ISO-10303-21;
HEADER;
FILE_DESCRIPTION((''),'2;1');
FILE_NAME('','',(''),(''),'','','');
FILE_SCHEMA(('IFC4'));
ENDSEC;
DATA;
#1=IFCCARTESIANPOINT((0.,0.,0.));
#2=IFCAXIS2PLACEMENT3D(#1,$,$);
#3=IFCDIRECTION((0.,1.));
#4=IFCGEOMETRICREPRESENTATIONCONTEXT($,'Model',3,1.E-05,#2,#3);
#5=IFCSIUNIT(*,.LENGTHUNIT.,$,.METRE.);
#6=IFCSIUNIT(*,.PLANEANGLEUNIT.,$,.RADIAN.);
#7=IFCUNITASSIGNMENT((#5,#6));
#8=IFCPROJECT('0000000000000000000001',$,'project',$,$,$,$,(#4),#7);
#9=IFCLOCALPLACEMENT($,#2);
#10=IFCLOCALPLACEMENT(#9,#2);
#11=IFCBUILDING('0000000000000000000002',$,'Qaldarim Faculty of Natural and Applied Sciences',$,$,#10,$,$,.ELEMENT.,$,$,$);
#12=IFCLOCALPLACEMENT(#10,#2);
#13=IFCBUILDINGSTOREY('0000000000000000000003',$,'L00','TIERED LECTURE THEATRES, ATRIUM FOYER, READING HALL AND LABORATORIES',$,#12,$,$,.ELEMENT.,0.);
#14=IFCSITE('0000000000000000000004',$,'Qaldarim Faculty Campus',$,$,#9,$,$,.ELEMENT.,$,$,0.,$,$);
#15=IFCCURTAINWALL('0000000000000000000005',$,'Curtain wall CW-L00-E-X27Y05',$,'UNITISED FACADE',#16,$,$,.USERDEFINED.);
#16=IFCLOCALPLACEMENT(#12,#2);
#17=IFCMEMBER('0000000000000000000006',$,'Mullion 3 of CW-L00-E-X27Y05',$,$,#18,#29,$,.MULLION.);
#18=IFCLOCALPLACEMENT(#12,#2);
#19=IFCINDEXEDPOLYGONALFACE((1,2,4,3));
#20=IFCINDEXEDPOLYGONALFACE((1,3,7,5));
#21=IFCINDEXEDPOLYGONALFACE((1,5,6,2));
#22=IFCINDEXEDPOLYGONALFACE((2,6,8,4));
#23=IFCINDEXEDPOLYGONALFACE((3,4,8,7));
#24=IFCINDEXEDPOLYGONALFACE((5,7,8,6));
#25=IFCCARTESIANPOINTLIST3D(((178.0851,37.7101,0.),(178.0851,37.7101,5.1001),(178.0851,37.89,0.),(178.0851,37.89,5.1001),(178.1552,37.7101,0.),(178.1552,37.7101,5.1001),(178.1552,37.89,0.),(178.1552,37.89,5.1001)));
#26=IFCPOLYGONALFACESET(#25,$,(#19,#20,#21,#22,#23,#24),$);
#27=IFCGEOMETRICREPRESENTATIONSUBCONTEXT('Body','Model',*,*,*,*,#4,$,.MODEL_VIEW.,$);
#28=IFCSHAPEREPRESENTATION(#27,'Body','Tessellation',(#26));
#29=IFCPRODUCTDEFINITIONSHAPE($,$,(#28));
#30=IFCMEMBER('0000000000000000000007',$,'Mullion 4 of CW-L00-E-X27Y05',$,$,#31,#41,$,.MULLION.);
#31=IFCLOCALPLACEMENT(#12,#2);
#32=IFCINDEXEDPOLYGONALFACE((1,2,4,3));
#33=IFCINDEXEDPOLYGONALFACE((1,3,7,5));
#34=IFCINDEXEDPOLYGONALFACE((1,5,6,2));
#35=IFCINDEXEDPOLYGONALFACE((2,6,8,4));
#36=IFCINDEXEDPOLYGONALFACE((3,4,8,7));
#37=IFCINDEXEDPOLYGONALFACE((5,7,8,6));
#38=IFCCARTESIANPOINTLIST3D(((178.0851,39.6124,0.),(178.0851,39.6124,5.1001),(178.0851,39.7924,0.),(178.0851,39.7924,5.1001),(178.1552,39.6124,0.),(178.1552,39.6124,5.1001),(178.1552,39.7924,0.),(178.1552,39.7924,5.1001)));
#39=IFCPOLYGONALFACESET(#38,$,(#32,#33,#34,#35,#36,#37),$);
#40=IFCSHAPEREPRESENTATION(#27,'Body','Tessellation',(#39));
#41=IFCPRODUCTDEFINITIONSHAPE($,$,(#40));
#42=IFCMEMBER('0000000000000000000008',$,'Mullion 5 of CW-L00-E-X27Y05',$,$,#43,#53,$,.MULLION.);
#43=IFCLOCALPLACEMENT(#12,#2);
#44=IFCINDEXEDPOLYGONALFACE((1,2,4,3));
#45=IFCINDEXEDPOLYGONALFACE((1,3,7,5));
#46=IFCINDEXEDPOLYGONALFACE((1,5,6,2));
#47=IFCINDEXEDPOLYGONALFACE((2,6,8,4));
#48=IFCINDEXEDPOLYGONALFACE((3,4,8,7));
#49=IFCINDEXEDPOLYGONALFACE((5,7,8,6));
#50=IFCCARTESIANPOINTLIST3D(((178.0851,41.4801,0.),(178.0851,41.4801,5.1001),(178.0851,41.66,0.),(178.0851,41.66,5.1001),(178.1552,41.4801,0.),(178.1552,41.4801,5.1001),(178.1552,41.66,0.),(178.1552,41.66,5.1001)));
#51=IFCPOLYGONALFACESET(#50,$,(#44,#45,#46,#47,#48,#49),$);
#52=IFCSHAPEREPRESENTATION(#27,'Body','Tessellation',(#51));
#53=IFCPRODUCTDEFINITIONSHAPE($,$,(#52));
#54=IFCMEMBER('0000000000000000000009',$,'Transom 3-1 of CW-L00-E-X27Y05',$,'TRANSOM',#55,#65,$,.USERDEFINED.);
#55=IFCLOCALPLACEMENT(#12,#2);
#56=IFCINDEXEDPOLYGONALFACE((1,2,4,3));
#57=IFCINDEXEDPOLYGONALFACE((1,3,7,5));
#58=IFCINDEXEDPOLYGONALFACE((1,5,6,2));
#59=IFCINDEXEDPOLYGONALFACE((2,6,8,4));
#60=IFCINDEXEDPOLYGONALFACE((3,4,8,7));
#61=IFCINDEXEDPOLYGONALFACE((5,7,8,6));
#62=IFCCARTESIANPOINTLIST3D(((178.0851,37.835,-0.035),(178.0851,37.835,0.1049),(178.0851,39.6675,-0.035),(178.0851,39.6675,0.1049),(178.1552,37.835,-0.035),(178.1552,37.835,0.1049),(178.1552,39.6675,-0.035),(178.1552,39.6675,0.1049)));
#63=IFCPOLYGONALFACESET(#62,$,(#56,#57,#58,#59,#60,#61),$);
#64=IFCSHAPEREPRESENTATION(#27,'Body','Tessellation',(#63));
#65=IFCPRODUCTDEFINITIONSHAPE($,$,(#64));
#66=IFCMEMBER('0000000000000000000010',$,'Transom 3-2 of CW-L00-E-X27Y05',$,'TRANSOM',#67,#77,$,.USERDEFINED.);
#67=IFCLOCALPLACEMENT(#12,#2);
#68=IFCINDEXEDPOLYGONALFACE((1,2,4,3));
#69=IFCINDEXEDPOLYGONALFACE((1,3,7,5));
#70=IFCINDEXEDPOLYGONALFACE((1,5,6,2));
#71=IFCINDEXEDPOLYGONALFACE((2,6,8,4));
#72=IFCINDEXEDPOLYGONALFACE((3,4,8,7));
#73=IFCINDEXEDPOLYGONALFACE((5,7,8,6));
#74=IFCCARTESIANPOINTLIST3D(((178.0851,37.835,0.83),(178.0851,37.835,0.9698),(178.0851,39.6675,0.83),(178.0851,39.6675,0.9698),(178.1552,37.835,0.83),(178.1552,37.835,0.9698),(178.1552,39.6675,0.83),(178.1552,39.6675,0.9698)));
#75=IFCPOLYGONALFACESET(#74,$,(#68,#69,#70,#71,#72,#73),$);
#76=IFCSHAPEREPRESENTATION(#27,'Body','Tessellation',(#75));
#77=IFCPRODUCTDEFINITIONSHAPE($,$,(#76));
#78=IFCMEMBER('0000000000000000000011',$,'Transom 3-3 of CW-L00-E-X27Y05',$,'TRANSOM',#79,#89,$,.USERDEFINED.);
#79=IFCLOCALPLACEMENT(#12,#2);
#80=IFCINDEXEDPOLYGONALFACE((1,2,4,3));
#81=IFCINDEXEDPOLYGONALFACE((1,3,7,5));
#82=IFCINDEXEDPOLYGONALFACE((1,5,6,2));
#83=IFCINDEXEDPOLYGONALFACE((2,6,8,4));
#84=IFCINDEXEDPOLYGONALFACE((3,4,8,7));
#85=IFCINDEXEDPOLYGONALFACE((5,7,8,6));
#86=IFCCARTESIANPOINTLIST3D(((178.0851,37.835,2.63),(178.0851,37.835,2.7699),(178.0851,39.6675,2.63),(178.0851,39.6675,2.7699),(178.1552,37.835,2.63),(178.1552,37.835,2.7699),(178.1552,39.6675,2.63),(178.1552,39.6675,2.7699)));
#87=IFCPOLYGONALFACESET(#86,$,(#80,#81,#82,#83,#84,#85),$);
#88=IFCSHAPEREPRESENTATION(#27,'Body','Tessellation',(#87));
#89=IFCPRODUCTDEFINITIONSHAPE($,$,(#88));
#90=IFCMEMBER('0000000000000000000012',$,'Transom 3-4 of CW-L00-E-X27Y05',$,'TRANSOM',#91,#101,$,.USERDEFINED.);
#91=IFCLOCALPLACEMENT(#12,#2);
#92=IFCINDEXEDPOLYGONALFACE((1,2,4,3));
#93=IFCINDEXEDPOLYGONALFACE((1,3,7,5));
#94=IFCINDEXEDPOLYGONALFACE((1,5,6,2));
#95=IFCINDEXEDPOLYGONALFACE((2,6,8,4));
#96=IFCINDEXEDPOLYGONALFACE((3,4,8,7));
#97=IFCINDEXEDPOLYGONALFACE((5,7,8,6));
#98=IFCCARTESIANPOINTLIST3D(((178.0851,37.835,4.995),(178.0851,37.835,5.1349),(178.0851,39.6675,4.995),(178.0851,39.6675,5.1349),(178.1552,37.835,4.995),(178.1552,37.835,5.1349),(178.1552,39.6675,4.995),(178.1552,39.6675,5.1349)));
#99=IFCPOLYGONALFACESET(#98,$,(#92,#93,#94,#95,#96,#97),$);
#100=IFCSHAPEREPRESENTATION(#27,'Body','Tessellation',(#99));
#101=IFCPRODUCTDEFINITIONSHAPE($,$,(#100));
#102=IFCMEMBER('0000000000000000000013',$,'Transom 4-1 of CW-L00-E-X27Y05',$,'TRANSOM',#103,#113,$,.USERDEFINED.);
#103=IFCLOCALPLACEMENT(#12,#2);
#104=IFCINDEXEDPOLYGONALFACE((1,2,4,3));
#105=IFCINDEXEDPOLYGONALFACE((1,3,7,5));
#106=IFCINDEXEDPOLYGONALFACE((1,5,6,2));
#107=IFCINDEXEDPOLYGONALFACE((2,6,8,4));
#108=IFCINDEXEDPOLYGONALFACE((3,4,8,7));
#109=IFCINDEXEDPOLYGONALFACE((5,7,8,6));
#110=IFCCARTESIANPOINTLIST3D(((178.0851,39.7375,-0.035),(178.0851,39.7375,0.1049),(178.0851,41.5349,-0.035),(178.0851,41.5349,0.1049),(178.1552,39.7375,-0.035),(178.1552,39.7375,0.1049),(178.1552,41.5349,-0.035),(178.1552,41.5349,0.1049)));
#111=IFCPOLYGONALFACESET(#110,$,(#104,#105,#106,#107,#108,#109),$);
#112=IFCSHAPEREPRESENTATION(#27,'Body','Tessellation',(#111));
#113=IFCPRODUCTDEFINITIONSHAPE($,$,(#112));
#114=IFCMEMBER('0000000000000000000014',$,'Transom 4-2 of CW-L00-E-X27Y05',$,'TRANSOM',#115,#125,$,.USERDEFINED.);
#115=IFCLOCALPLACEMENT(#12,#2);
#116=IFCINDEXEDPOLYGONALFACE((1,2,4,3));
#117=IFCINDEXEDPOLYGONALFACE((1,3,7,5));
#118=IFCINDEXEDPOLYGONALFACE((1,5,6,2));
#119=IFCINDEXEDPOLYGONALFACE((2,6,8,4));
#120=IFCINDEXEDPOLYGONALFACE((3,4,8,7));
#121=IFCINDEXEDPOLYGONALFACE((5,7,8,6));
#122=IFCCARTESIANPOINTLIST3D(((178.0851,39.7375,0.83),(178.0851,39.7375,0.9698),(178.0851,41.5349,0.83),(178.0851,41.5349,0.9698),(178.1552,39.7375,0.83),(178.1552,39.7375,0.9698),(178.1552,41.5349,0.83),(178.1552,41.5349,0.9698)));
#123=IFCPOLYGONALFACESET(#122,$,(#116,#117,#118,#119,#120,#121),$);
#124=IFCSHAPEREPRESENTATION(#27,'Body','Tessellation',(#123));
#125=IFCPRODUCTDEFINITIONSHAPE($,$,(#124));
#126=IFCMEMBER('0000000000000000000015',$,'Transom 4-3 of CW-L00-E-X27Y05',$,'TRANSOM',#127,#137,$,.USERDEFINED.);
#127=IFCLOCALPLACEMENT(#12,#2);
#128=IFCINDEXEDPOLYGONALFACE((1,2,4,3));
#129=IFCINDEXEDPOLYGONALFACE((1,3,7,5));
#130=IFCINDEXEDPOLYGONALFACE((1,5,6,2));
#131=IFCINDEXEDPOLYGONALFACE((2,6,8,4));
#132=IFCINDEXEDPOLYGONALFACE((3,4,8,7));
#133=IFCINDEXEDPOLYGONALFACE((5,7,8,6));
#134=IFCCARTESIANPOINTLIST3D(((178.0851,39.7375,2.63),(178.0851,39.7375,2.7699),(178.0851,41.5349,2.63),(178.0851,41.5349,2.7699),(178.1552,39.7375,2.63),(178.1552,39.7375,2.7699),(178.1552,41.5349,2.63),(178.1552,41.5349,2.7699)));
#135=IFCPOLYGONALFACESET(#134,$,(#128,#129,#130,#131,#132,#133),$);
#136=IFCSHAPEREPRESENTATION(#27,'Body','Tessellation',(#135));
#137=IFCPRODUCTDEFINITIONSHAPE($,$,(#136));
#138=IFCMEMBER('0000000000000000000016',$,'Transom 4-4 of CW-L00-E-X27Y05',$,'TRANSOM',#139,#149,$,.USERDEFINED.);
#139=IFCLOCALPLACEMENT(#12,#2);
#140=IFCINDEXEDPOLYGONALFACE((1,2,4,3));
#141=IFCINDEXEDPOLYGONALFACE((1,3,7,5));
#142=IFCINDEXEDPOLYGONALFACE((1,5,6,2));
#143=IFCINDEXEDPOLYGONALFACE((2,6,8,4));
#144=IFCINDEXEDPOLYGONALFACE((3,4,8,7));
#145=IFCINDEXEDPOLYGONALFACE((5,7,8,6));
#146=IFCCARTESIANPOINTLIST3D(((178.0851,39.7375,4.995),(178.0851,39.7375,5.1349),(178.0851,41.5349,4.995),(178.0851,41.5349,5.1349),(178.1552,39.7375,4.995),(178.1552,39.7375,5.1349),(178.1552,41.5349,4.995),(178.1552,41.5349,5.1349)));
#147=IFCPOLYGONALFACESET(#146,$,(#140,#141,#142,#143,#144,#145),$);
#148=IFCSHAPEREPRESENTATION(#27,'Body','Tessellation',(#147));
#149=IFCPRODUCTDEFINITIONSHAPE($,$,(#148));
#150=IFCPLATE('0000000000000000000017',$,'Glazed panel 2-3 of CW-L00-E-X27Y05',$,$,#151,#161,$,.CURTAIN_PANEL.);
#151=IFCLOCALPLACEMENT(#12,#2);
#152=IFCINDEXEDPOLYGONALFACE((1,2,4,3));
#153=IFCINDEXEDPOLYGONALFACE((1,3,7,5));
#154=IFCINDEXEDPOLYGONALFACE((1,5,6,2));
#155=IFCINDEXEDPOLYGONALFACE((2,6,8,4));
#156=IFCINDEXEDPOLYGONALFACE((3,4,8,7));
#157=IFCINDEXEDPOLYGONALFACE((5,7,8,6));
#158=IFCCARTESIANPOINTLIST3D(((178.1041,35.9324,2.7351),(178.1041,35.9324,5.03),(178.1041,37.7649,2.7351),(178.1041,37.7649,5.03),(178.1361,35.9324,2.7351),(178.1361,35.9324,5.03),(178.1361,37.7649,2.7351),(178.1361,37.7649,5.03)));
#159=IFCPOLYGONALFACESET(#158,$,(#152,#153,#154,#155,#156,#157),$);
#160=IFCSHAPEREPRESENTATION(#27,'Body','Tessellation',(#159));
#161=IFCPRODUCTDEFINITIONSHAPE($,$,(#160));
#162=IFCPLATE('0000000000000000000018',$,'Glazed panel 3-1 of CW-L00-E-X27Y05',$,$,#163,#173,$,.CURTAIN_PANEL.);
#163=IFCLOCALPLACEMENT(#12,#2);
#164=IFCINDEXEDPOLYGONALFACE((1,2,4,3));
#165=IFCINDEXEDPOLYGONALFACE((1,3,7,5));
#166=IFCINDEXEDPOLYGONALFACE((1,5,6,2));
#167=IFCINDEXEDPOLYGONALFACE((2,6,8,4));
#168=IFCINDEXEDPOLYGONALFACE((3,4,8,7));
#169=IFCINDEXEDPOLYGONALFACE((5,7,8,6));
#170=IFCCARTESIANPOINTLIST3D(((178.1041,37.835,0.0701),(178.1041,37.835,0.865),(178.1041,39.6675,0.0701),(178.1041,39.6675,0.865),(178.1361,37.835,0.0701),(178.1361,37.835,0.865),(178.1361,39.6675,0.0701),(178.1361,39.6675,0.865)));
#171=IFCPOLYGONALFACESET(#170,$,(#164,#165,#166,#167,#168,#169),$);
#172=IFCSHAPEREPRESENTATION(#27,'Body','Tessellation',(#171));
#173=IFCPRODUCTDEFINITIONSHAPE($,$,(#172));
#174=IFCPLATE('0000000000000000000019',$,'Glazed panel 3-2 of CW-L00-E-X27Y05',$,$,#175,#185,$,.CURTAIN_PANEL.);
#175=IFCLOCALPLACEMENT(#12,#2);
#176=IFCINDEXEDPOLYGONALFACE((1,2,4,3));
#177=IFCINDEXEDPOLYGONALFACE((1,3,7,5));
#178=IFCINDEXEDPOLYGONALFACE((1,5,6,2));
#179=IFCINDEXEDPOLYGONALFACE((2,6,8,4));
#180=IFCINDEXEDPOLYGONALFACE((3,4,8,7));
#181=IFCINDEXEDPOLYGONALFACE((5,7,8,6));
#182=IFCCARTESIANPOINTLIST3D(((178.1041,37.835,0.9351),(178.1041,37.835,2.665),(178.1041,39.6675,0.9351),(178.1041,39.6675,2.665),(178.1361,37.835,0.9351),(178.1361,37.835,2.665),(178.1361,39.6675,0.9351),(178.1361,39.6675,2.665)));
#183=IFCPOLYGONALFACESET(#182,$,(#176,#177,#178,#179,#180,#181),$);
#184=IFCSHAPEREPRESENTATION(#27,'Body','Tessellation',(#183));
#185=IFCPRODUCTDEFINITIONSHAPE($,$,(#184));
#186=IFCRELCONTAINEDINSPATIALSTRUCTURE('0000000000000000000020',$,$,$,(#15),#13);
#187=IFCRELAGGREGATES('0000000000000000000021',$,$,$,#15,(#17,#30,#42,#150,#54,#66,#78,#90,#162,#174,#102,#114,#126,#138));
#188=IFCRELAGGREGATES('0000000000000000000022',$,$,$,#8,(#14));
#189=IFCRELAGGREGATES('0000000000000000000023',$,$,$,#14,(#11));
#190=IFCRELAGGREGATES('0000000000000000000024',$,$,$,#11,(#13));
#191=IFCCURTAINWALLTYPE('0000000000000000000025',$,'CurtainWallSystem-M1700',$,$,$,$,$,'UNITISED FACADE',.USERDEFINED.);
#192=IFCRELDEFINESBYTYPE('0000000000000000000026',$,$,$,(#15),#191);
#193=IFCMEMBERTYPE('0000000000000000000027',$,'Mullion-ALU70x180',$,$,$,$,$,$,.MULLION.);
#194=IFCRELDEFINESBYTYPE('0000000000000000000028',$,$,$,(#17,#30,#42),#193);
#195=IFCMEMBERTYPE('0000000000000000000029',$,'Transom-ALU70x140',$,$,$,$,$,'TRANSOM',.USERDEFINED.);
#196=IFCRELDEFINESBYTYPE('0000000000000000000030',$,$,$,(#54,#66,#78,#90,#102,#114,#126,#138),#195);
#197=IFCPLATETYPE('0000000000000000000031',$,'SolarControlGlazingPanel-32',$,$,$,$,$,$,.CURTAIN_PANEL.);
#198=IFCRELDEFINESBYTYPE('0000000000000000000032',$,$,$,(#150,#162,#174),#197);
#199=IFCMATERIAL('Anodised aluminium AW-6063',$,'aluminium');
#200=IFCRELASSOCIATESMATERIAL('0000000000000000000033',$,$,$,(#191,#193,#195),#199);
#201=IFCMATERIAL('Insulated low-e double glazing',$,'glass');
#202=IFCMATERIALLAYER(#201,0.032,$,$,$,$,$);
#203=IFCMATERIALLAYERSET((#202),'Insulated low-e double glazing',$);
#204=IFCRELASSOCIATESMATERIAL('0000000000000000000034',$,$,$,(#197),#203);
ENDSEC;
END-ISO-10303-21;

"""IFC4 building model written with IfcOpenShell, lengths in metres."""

from ifc_helpers import new_model, si_unit, direction, frame, origin, origin_2d, place, context, subcontext, project, spatial, rectangle, extrude, material, layer, layer_set, material_profile, profile_set, type_object, element, aggregate, save


model = new_model("IFC4")

# Units and contexts
model_context = context("Model", 3, precision=1e-05, world=origin(), true_north=direction((0.0, 1.0)))
body_context = subcontext(model_context, "Body", "Model", "MODEL_VIEW")
ifc_project = project(units=[si_unit("LENGTHUNIT", "METRE"), si_unit("PLANEANGLEUNIT", "RADIAN")], contexts=[model_context])

# Site, building, storey
site_placement = place(None, origin())
site = spatial("IfcSite", under=ifc_project, at=site_placement, Name="Qaldarim Faculty Campus", CompositionType="ELEMENT", RefElevation=0.0)
building_placement = place(site_placement, origin())
building = spatial("IfcBuilding", under=site, at=building_placement, Name="Qaldarim Faculty of Natural and Applied Sciences", CompositionType="ELEMENT")
storey_placement = place(building_placement, origin())
storey = spatial("IfcBuildingStorey", under=building, at=storey_placement, Name="L00", Description="TIERED LECTURE THEATRES, ATRIUM FOYER, READING HALL AND LABORATORIES", CompositionType="ELEMENT", Elevation=0.0)

# Curtain wall, members, plates
ifc_material_1 = material(Name="Anodised aluminium AW-6063", Category="aluminium")
curtain_wall_type = type_object("IfcCurtainWallType", Name="CurtainWallSystem-M1700", ElementType="UNITISED FACADE", PredefinedType="USERDEFINED", material=ifc_material_1)
curtain_wall_placement = place(storey_placement, origin())
curtain_wall = element("IfcCurtainWall", 1, at=curtain_wall_placement, inside=storey, type_object=curtain_wall_type, Name="Curtain wall CW-L00-E-X27Y05", ObjectType="UNITISED FACADE", PredefinedType="USERDEFINED")
ifc_material_profile_1 = material_profile(ifc_material_1, rectangle(XDim=0.0701, YDim=0.1799, at=origin_2d()), Name="ALU-M70x180")
ifc_profile_set_1 = profile_set([ifc_material_profile_1], Name="Anodised aluminium AW-6063")
member_type_1 = type_object("IfcMemberType", Name="Mullion-ALU70x180", PredefinedType="MULLION", material=ifc_profile_set_1)
member_1_placement = place(storey_placement, frame((178.1201, 37.8, 0.0), z_axis=(0.0, 0.0, 1.0), x_axis=(-1.0, 0.0, 0.0)))
member_1 = element("IfcMember", 2, at=member_1_placement, type_object=member_type_1, Name="Mullion 3 of CW-L00-E-X27Y05", PredefinedType="MULLION", context=body_context, shape_type="SweptSolid", body=[
    extrude(rectangle(XDim=0.0701, YDim=0.1799, at=origin_2d()), origin(), (0.0, 0.0, 1.0), 5.1001),
])
member_2_placement = place(storey_placement, frame((178.1201, 39.7024, 0.0), z_axis=(0.0, 0.0, 1.0), x_axis=(-1.0, 0.0, 0.0)))
member_2 = element("IfcMember", 3, at=member_2_placement, type_object=member_type_1, Name="Mullion 4 of CW-L00-E-X27Y05", PredefinedType="MULLION", context=body_context, shape_type="SweptSolid", body=[
    extrude(rectangle(XDim=0.0701, YDim=0.1799, at=origin_2d()), origin(), (0.0, 0.0, 1.0), 5.1001),
])
member_3_placement = place(storey_placement, frame((178.1201, 41.5701, 0.0), z_axis=(0.0, 0.0, 1.0), x_axis=(-1.0, 0.0, 0.0)))
member_3 = element("IfcMember", 4, at=member_3_placement, type_object=member_type_1, Name="Mullion 5 of CW-L00-E-X27Y05", PredefinedType="MULLION", context=body_context, shape_type="SweptSolid", body=[
    extrude(rectangle(XDim=0.0701, YDim=0.1799, at=origin_2d()), origin(), (0.0, 0.0, 1.0), 5.1001),
])
ifc_material_profile_2 = material_profile(ifc_material_1, rectangle(XDim=0.0701, YDim=0.1399, at=origin_2d()), Name="ALU-T70x140")
ifc_profile_set_2 = profile_set([ifc_material_profile_2], Name="Anodised aluminium AW-6063")
member_type_2 = type_object("IfcMemberType", Name="Transom-ALU70x140", ElementType="TRANSOM", PredefinedType="USERDEFINED", material=ifc_profile_set_2)
member_4_placement = place(storey_placement, frame((178.1201, 37.835, 0.0349), z_axis=(0.0, 1.0, 0.0), x_axis=(-1.0, 0.0, 0.0)))
member_4 = element("IfcMember", 5, at=member_4_placement, type_object=member_type_2, Name="Transom 3-1 of CW-L00-E-X27Y05", ObjectType="TRANSOM", PredefinedType="USERDEFINED", context=body_context, shape_type="SweptSolid", body=[
    extrude(rectangle(XDim=0.0701, YDim=0.1399, at=origin_2d()), origin(), (0.0, 0.0, 1.0), 1.8325),
])
member_5_placement = place(storey_placement, frame((178.1201, 37.835, 0.8999), z_axis=(0.0, 1.0, 0.0), x_axis=(-1.0, 0.0, 0.0)))
member_5 = element("IfcMember", 6, at=member_5_placement, type_object=member_type_2, Name="Transom 3-2 of CW-L00-E-X27Y05", ObjectType="TRANSOM", PredefinedType="USERDEFINED", context=body_context, shape_type="SweptSolid", body=[
    extrude(rectangle(XDim=0.0701, YDim=0.1399, at=origin_2d()), origin(), (0.0, 0.0, 1.0), 1.8325),
])
member_6_placement = place(storey_placement, frame((178.1201, 37.835, 2.7), z_axis=(0.0, 1.0, 0.0), x_axis=(-1.0, 0.0, 0.0)))
member_6 = element("IfcMember", 7, at=member_6_placement, type_object=member_type_2, Name="Transom 3-3 of CW-L00-E-X27Y05", ObjectType="TRANSOM", PredefinedType="USERDEFINED", context=body_context, shape_type="SweptSolid", body=[
    extrude(rectangle(XDim=0.0701, YDim=0.1399, at=origin_2d()), origin(), (0.0, 0.0, 1.0), 1.8325),
])
member_7_placement = place(storey_placement, frame((178.1201, 37.835, 5.0649), z_axis=(0.0, 1.0, 0.0), x_axis=(-1.0, 0.0, 0.0)))
member_7 = element("IfcMember", 8, at=member_7_placement, type_object=member_type_2, Name="Transom 3-4 of CW-L00-E-X27Y05", ObjectType="TRANSOM", PredefinedType="USERDEFINED", context=body_context, shape_type="SweptSolid", body=[
    extrude(rectangle(XDim=0.0701, YDim=0.1399, at=origin_2d()), origin(), (0.0, 0.0, 1.0), 1.8325),
])
member_8_placement = place(storey_placement, frame((178.1201, 39.7375, 0.0349), z_axis=(0.0, 1.0, 0.0), x_axis=(-1.0, 0.0, 0.0)))
member_8 = element("IfcMember", 9, at=member_8_placement, type_object=member_type_2, Name="Transom 4-1 of CW-L00-E-X27Y05", ObjectType="TRANSOM", PredefinedType="USERDEFINED", context=body_context, shape_type="SweptSolid", body=[
    extrude(rectangle(XDim=0.0701, YDim=0.1399, at=origin_2d()), origin(), (0.0, 0.0, 1.0), 1.7974),
])
member_9_placement = place(storey_placement, frame((178.1201, 39.7375, 0.8999), z_axis=(0.0, 1.0, 0.0), x_axis=(-1.0, 0.0, 0.0)))
member_9 = element("IfcMember", 10, at=member_9_placement, type_object=member_type_2, Name="Transom 4-2 of CW-L00-E-X27Y05", ObjectType="TRANSOM", PredefinedType="USERDEFINED", context=body_context, shape_type="SweptSolid", body=[
    extrude(rectangle(XDim=0.0701, YDim=0.1399, at=origin_2d()), origin(), (0.0, 0.0, 1.0), 1.7974),
])
member_10_placement = place(storey_placement, frame((178.1201, 39.7375, 2.7), z_axis=(0.0, 1.0, 0.0), x_axis=(-1.0, 0.0, 0.0)))
member_10 = element("IfcMember", 11, at=member_10_placement, type_object=member_type_2, Name="Transom 4-3 of CW-L00-E-X27Y05", ObjectType="TRANSOM", PredefinedType="USERDEFINED", context=body_context, shape_type="SweptSolid", body=[
    extrude(rectangle(XDim=0.0701, YDim=0.1399, at=origin_2d()), origin(), (0.0, 0.0, 1.0), 1.7974),
])
member_11_placement = place(storey_placement, frame((178.1201, 39.7375, 5.0649), z_axis=(0.0, 1.0, 0.0), x_axis=(-1.0, 0.0, 0.0)))
member_11 = element("IfcMember", 12, at=member_11_placement, type_object=member_type_2, Name="Transom 4-4 of CW-L00-E-X27Y05", ObjectType="TRANSOM", PredefinedType="USERDEFINED", context=body_context, shape_type="SweptSolid", body=[
    extrude(rectangle(XDim=0.0701, YDim=0.1399, at=origin_2d()), origin(), (0.0, 0.0, 1.0), 1.7974),
])
ifc_material_2 = material(Name="Insulated low-e double glazing", Category="glass")
ifc_layer = layer(ifc_material_2, 0.032)
ifc_layer_set = layer_set([ifc_layer], Name="Insulated low-e double glazing")
plate_type = type_object("IfcPlateType", Name="SolarControlGlazingPanel-32", PredefinedType="CURTAIN_PANEL", material=ifc_layer_set)
plate_1_placement = place(storey_placement, frame((178.1201, 36.8486, 2.7351), z_axis=(0.0, 0.0, 1.0), x_axis=(0.0, 1.0, 0.0)))
plate_1 = element("IfcPlate", 13, at=plate_1_placement, type_object=plate_type, Name="Glazed panel 2-3 of CW-L00-E-X27Y05", PredefinedType="CURTAIN_PANEL", context=body_context, shape_type="SweptSolid", body=[
    extrude(rectangle(XDim=1.8325, YDim=0.032, at=origin_2d()), origin(), (0.0, 0.0, 1.0), 2.2949),
])
plate_2_placement = place(storey_placement, frame((178.1201, 38.7512, 0.0701), z_axis=(0.0, 0.0, 1.0), x_axis=(0.0, 1.0, 0.0)))
plate_2 = element("IfcPlate", 14, at=plate_2_placement, type_object=plate_type, Name="Glazed panel 3-1 of CW-L00-E-X27Y05", PredefinedType="CURTAIN_PANEL", context=body_context, shape_type="SweptSolid", body=[
    extrude(rectangle(XDim=1.8325, YDim=0.032, at=origin_2d()), origin(), (0.0, 0.0, 1.0), 0.7949),
])
plate_3_placement = place(storey_placement, frame((178.1201, 38.7512, 0.9351), z_axis=(0.0, 0.0, 1.0), x_axis=(0.0, 1.0, 0.0)))
plate_3 = element("IfcPlate", 15, at=plate_3_placement, type_object=plate_type, Name="Glazed panel 3-2 of CW-L00-E-X27Y05", PredefinedType="CURTAIN_PANEL", context=body_context, shape_type="SweptSolid", body=[
    extrude(rectangle(XDim=1.8325, YDim=0.032, at=origin_2d()), origin(), (0.0, 0.0, 1.0), 1.73),
])
aggregate(curtain_wall, [member_1, member_2, member_3, plate_1, member_4, member_5, member_6, member_7, plate_2, plate_3, member_8, member_9, member_10, member_11])

save(model, "model.ifc")
